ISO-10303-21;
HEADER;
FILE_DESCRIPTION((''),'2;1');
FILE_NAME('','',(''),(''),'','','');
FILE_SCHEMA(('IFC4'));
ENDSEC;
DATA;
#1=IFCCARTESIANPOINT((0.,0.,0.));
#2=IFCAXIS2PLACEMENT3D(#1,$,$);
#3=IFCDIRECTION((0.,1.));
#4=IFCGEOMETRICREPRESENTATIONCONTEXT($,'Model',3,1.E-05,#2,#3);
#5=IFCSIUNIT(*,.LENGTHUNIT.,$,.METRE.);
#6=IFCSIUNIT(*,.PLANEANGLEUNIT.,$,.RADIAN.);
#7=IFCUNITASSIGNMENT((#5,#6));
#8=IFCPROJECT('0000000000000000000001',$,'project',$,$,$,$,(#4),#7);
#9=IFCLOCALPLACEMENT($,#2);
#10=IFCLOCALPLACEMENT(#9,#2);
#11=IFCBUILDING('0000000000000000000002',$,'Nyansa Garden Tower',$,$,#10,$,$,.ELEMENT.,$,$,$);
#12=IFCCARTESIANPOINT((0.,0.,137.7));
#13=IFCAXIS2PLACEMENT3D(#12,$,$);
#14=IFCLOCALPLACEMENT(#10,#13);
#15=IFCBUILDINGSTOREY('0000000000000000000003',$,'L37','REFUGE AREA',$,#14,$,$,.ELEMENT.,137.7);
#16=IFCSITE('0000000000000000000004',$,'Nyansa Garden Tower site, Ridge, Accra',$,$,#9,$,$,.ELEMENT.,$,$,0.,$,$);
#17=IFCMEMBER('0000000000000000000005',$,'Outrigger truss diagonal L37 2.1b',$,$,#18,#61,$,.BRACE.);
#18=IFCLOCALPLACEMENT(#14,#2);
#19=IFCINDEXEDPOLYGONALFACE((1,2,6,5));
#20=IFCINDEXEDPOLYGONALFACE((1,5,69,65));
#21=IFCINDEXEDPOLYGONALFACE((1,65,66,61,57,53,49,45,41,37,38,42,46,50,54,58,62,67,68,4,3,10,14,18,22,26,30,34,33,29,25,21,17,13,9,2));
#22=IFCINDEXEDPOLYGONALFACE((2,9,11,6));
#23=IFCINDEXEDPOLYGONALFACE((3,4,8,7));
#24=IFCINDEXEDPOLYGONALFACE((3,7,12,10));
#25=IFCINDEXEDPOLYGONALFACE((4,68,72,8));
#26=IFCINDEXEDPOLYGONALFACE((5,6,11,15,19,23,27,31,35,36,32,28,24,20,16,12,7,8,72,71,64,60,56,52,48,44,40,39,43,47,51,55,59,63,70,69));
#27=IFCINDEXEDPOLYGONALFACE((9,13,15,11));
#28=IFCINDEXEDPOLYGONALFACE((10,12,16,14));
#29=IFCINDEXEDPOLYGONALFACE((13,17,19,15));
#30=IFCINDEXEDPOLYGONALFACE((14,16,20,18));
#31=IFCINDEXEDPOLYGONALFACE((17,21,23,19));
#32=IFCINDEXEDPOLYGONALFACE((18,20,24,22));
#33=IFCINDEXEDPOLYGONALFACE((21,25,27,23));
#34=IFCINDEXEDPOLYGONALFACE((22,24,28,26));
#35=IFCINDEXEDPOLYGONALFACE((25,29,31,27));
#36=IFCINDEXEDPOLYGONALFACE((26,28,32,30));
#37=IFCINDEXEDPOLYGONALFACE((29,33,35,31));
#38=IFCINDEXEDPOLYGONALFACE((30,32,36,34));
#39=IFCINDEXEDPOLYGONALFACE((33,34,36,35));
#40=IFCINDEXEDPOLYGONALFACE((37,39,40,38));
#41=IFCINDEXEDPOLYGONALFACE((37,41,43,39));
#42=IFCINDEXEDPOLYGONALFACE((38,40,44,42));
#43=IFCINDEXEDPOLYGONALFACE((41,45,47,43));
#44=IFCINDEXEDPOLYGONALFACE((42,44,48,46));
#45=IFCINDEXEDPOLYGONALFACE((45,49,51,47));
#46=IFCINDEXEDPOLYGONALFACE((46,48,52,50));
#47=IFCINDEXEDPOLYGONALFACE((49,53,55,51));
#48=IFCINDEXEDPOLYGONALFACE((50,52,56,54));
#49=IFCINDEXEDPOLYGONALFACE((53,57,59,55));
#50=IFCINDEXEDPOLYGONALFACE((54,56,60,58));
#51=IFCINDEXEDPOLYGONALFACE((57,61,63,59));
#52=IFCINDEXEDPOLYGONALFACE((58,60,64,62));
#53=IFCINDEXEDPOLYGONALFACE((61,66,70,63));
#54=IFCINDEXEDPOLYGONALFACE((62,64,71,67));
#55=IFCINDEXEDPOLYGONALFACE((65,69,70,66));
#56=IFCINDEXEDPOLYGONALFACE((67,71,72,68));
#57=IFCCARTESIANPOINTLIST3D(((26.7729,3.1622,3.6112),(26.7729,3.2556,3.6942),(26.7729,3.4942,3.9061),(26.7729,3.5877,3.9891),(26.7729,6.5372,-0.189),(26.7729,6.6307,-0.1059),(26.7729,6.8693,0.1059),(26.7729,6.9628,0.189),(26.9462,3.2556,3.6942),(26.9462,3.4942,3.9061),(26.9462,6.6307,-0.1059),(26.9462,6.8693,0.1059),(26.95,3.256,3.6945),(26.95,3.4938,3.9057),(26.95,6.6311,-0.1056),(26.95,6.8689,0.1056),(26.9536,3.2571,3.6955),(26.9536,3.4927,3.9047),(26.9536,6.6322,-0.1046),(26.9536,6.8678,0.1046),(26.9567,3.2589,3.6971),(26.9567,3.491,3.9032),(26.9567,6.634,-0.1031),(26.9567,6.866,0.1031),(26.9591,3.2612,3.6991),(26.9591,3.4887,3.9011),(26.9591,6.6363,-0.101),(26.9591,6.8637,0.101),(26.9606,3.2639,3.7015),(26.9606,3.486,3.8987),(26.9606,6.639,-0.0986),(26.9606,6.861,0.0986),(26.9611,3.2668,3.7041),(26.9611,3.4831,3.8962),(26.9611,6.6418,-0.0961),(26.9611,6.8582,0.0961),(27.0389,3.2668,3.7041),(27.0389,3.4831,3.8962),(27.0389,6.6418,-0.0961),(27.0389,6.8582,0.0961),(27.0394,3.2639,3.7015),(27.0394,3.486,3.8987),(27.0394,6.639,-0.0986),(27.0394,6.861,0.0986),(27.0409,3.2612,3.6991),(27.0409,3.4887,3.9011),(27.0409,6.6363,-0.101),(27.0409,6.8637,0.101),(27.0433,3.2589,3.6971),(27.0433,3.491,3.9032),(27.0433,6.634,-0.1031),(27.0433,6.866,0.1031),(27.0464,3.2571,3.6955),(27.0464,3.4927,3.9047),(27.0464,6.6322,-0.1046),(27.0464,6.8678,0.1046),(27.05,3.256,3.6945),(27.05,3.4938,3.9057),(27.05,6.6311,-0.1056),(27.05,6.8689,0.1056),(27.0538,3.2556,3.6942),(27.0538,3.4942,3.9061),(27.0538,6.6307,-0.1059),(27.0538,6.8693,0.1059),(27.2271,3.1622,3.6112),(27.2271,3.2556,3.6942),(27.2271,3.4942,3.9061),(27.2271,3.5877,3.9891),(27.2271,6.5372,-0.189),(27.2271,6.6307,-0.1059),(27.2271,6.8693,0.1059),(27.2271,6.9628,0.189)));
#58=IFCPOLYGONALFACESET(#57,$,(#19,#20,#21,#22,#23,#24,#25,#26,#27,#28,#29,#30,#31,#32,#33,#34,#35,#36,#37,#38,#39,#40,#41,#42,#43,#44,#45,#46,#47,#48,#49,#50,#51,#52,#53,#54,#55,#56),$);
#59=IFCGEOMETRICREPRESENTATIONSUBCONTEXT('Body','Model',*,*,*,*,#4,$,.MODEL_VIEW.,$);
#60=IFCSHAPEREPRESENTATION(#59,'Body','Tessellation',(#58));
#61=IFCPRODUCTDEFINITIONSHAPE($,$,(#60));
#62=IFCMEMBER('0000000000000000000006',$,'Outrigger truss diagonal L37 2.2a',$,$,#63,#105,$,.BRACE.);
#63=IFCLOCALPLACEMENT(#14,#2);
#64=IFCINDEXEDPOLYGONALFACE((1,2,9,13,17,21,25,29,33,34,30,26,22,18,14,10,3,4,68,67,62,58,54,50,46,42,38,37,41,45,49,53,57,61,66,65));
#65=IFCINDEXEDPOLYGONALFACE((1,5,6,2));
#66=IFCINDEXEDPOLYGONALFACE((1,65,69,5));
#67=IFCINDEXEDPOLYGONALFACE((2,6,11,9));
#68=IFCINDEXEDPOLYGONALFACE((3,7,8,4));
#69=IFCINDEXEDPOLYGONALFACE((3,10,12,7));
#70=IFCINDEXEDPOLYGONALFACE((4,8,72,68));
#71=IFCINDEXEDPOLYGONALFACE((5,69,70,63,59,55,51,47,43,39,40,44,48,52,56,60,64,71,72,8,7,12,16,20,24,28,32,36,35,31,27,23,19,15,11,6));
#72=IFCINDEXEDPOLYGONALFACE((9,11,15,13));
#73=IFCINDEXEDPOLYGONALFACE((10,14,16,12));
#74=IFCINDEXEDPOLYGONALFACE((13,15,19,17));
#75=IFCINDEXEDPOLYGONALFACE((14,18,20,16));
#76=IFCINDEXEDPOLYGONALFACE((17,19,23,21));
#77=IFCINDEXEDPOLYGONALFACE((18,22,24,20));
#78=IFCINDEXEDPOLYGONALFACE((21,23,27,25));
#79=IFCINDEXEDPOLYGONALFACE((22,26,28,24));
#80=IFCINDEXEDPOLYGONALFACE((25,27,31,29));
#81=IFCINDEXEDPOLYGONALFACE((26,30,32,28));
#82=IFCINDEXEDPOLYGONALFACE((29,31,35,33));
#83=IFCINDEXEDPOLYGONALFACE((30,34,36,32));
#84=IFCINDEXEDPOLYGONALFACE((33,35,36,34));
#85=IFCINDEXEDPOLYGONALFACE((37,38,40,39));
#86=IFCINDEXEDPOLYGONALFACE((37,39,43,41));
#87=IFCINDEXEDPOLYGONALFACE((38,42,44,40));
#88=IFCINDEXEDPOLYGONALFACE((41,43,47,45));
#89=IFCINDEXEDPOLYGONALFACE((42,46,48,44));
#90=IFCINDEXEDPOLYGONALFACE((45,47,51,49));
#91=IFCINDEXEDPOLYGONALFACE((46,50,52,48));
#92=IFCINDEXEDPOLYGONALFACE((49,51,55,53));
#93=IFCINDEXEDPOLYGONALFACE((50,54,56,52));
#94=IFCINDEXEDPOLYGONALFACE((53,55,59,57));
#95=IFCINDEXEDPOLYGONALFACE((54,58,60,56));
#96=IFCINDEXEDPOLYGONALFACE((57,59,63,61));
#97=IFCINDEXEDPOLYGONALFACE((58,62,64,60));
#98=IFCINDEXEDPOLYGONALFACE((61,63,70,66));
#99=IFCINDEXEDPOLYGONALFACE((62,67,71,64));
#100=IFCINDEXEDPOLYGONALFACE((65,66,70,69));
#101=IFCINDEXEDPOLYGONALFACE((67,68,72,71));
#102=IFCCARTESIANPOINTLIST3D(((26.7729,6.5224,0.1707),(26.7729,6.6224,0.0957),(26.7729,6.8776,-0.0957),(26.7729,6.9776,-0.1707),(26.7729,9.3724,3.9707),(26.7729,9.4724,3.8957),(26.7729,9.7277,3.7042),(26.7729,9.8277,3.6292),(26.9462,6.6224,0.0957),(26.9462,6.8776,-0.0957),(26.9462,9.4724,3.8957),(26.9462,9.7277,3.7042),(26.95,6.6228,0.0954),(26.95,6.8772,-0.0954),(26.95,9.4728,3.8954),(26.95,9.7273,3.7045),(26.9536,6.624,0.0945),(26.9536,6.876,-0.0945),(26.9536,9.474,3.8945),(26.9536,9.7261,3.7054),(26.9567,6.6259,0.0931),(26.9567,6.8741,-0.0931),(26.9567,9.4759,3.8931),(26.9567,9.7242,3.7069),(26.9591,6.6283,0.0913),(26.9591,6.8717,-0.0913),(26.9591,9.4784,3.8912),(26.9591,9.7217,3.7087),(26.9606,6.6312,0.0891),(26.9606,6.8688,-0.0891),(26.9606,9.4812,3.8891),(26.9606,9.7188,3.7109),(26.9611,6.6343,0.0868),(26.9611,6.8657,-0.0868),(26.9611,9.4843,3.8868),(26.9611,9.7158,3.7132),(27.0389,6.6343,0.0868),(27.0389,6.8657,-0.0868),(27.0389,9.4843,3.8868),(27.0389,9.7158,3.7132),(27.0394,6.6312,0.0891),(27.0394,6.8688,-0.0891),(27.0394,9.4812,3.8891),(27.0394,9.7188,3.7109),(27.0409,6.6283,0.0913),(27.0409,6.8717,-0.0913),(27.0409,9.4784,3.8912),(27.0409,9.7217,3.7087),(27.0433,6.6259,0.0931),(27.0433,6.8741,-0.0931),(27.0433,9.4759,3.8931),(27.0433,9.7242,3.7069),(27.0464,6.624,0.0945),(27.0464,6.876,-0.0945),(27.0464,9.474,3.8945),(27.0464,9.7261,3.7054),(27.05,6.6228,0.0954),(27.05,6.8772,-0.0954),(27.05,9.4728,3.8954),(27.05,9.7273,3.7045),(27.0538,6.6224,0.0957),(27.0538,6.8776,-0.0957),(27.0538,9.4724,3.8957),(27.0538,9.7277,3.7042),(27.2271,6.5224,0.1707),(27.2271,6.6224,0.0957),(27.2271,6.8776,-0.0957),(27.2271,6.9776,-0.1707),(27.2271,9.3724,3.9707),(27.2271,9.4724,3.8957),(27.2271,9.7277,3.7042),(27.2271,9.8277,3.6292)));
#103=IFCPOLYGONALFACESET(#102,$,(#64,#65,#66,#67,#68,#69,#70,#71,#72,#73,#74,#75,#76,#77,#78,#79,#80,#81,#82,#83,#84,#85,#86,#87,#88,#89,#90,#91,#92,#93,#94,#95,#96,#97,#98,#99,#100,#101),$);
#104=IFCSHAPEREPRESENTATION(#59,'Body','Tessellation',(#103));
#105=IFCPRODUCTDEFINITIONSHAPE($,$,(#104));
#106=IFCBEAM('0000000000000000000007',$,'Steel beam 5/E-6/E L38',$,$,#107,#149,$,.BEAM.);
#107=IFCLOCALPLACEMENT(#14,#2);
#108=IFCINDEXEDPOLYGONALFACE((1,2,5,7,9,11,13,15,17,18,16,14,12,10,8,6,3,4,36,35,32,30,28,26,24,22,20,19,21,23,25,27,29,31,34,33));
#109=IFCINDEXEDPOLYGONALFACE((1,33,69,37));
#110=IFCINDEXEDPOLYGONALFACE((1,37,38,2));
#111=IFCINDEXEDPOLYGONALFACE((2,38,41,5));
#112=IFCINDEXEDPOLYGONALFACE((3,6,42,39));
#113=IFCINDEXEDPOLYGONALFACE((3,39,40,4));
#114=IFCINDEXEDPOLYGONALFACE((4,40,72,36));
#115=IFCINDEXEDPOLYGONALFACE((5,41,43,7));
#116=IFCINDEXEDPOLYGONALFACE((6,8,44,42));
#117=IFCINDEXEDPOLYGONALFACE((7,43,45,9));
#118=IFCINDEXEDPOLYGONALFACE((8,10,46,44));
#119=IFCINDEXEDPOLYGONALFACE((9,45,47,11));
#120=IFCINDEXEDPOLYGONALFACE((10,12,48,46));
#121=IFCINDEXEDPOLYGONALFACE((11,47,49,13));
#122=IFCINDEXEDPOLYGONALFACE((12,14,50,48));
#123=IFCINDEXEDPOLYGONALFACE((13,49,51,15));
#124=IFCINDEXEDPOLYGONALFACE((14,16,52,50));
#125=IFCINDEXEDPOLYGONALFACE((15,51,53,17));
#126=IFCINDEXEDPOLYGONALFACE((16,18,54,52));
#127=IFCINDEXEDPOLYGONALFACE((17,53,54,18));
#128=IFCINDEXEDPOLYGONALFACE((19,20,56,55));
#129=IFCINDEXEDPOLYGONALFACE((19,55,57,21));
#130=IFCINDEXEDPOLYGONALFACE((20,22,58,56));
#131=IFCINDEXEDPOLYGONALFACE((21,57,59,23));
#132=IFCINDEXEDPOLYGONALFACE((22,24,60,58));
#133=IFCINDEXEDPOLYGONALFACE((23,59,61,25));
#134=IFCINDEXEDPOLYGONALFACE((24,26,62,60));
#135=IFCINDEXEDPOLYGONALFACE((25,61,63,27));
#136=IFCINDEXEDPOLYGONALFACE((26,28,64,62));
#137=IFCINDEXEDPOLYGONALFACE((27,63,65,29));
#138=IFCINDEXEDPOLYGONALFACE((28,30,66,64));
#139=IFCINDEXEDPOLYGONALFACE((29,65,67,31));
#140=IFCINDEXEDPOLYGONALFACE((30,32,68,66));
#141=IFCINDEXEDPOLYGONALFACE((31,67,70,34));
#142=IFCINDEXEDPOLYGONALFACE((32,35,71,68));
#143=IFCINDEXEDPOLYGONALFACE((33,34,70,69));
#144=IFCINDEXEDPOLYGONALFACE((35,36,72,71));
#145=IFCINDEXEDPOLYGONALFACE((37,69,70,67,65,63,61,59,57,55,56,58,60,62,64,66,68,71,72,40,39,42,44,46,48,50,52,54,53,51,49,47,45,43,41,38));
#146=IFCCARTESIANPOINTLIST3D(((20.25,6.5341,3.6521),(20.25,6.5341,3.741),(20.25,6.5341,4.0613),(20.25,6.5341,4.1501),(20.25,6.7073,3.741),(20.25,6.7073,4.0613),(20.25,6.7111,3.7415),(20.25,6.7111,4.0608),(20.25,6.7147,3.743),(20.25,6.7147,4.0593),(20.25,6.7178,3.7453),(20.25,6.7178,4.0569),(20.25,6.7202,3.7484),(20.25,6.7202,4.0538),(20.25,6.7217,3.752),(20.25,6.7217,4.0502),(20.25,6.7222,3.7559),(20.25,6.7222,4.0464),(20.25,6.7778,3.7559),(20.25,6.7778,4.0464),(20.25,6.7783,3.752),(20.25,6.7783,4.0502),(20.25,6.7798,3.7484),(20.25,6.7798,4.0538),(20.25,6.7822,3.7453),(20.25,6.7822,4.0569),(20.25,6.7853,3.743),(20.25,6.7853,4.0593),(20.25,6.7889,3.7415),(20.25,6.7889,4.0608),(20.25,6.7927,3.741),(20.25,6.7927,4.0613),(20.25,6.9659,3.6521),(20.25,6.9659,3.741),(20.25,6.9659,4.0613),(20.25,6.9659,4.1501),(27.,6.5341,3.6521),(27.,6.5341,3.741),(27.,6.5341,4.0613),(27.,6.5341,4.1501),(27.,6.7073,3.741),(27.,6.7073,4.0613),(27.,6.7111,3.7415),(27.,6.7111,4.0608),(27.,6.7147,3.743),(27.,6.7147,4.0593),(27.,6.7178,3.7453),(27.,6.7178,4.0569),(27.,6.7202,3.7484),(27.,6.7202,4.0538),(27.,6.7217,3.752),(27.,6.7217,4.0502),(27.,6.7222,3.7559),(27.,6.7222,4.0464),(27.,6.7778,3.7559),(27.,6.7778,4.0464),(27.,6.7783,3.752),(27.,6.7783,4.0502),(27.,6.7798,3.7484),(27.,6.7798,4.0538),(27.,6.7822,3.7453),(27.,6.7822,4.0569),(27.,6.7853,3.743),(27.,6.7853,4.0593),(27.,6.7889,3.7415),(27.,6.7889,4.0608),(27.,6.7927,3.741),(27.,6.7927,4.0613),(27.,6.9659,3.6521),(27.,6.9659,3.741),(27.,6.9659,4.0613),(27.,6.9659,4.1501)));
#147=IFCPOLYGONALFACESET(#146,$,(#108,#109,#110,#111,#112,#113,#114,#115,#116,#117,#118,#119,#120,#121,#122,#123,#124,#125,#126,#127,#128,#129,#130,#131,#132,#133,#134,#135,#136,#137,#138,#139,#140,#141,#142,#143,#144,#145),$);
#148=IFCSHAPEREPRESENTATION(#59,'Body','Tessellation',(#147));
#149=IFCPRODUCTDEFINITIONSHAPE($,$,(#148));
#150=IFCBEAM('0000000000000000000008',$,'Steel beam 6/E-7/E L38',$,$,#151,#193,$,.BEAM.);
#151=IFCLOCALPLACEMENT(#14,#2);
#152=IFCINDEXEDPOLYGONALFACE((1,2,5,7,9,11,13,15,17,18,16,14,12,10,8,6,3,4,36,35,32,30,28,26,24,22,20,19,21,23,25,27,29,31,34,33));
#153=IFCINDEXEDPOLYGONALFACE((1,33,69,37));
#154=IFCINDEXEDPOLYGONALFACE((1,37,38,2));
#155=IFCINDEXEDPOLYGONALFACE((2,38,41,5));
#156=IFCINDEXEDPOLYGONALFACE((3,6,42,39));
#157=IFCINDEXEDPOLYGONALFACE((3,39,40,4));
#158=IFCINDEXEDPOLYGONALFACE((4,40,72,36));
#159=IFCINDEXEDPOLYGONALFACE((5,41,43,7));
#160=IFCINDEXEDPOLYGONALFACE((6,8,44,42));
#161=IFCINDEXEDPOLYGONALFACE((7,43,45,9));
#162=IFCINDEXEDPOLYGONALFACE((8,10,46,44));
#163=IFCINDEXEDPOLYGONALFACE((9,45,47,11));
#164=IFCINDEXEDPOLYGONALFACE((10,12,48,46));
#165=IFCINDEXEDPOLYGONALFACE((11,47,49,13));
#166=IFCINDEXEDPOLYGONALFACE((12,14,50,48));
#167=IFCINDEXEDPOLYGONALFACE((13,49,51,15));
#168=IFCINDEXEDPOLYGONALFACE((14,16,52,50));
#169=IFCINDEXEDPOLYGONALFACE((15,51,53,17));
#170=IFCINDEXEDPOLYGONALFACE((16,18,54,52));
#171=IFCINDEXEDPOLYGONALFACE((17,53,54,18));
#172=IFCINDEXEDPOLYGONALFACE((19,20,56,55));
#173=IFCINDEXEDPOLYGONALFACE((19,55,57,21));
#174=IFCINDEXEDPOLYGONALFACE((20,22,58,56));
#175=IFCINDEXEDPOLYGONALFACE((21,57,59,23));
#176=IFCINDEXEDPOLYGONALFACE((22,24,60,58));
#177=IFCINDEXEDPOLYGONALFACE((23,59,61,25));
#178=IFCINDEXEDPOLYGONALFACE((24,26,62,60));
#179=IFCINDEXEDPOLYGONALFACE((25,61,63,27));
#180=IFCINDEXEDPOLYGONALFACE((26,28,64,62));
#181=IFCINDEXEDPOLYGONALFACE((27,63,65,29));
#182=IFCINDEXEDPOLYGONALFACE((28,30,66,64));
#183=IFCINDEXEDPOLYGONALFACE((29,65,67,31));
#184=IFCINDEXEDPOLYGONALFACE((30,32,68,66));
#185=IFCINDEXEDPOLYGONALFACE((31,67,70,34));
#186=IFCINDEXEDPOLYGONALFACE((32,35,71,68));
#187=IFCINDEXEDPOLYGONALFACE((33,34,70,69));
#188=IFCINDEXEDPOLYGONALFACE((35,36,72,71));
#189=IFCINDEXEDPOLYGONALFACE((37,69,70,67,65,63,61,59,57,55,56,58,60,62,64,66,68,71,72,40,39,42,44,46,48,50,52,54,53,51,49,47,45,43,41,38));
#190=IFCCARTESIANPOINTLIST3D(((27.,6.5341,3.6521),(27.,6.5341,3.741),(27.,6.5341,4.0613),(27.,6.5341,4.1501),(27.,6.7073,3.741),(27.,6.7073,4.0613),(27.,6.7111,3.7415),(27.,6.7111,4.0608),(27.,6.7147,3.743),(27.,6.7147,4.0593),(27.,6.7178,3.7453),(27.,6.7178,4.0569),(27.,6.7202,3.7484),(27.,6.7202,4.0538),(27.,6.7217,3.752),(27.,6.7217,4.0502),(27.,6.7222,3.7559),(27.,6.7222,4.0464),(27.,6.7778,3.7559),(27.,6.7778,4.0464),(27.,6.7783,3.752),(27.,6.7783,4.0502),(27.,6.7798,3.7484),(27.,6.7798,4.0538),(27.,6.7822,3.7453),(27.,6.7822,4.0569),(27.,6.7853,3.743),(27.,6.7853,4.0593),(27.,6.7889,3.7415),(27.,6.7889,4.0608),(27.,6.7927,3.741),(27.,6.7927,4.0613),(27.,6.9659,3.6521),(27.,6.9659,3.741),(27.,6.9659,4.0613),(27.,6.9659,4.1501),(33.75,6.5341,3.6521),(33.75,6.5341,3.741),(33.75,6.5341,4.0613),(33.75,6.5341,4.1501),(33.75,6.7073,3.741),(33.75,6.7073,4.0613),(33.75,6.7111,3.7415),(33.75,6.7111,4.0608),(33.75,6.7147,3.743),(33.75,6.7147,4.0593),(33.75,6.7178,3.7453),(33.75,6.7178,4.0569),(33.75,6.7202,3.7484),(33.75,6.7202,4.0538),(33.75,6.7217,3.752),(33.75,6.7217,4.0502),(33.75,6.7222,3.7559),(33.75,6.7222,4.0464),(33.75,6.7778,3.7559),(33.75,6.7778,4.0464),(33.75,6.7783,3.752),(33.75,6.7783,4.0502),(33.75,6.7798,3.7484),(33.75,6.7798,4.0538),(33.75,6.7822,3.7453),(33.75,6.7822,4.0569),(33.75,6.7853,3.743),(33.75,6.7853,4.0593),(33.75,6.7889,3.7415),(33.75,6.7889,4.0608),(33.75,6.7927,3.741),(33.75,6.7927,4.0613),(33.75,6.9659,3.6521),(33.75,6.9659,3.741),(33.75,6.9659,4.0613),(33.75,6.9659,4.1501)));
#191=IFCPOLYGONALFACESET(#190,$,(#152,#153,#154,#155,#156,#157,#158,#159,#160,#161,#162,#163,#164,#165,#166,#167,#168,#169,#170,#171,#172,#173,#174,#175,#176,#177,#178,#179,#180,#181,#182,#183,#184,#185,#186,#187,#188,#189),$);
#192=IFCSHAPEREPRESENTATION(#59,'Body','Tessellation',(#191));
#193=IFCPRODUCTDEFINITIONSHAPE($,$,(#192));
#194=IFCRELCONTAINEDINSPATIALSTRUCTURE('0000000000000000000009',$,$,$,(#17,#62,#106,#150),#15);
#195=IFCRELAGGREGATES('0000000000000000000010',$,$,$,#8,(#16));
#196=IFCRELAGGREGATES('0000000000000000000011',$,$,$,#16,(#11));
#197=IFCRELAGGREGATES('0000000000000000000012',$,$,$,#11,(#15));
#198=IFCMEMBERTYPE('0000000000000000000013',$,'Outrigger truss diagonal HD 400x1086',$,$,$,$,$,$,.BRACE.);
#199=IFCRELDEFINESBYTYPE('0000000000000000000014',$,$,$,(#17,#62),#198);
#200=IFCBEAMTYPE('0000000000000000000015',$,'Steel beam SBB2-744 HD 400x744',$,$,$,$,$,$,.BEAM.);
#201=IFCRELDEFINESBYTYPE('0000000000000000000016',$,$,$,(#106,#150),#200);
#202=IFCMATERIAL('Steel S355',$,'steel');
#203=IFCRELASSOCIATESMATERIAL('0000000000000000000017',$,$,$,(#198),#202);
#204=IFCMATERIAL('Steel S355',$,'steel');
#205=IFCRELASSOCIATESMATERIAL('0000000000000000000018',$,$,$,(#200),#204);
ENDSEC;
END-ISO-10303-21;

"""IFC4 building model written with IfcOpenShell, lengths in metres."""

from ifc_helpers import new_model, si_unit, direction, frame, origin, origin_2d, place, context, subcontext, project, spatial, i_section, extrude, material, material_profile, profile_set, type_object, element, save


model = new_model("IFC4")

# Units and contexts
model_context = context("Model", 3, precision=1e-05, world=origin(), true_north=direction((0.0, 1.0)))
body_context = subcontext(model_context, "Body", "Model", "MODEL_VIEW")
ifc_project = project(units=[si_unit("LENGTHUNIT", "METRE"), si_unit("PLANEANGLEUNIT", "RADIAN")], contexts=[model_context])

# Site, building, storey
site_placement = place(None, origin())
site = spatial("IfcSite", under=ifc_project, at=site_placement, Name="Nyansa Garden Tower site, Ridge, Accra", CompositionType="ELEMENT", RefElevation=0.0)
building_placement = place(site_placement, origin())
building = spatial("IfcBuilding", under=site, at=building_placement, Name="Nyansa Garden Tower", CompositionType="ELEMENT")
storey_placement = place(building_placement, frame((0.0, 0.0, 137.7)))
storey = spatial("IfcBuildingStorey", under=building, at=storey_placement, Name="L37", Description="REFUGE AREA", CompositionType="ELEMENT", Elevation=137.7)

# Members
ifc_material_1 = material(Name="Steel S355", Category="steel")
ifc_material_profile_1 = material_profile(ifc_material_1, i_section(OverallWidth=0.4541, OverallDepth=0.5691, WebThickness=0.0779, FlangeThickness=0.125, FilletRadius=0.0149, at=origin_2d()), Name="HD 400x1086")
ifc_profile_set_1 = profile_set([ifc_material_profile_1], Name="Steel S355")
member_type_1 = type_object("IfcMemberType", Name="Outrigger truss diagonal HD 400x1086", PredefinedType="BRACE", material=ifc_profile_set_1)
for number, where, z_axis, x_axis, name in (
    (1, (27.0, 6.75, 0.0), (0.0, -0.664054, 0.747685), (1.0, 0.0, 0.0), "Outrigger truss diagonal L37 2.1b"),
):
    element("IfcMember", number, at=place(storey_placement, frame(where, z_axis=z_axis, x_axis=x_axis)), inside=storey, type_object=member_type_1, Name=name, PredefinedType="BRACE", context=body_context, shape_type="SweptSolid", body=[
        extrude(i_section(OverallWidth=0.4541, OverallDepth=0.5691, WebThickness=0.0779, FlangeThickness=0.125, FilletRadius=0.0149, at=origin_2d()), origin(), (0.0, 0.0, 1.0), 5.0825),
    ])
member_1_placement = place(storey_placement, frame((27.0, 6.75, 0.0), z_axis=(0.0, 0.600008, 0.799994), x_axis=(-1.0, 0.0, 0.0)))
element("IfcMember", 2, at=member_1_placement, inside=storey, type_object=member_type_1, Name="Outrigger truss diagonal L37 2.2a", PredefinedType="BRACE", context=body_context, shape_type="SweptSolid", body=[
    extrude(i_section(OverallWidth=0.4541, OverallDepth=0.5691, WebThickness=0.0779, FlangeThickness=0.125, FilletRadius=0.0149, at=origin_2d()), origin(), (0.0, 0.0, 1.0), 4.75),
])

# Beams
ifc_material_2 = material(Name="Steel S355", Category="steel")
ifc_material_profile_2 = material_profile(ifc_material_2, i_section(OverallWidth=0.4319, OverallDepth=0.498, WebThickness=0.0557, FlangeThickness=0.0889, FilletRadius=0.0149, at=origin_2d()), Name="HD 400x744")
ifc_profile_set_2 = profile_set([ifc_material_profile_2], Name="Steel S355")
beam_type_1 = type_object("IfcBeamType", Name="Steel beam SBB2-744 HD 400x744", PredefinedType="BEAM", material=ifc_profile_set_2)
for number, where, z_axis, x_axis, name in (
    (3, (20.25, 6.75, 3.9011), (1.0, 0.0, 0.0), (0.0, 1.0, 0.0), "Steel beam 5/E-6/E L38"),
    (4, (27.0, 6.75, 3.9011), (1.0, 0.0, 0.0), (0.0, 1.0, 0.0), "Steel beam 6/E-7/E L38"),
):
    element("IfcBeam", number, at=place(storey_placement, frame(where, z_axis=z_axis, x_axis=x_axis)), inside=storey, type_object=beam_type_1, Name=name, PredefinedType="BEAM", context=body_context, shape_type="SweptSolid", body=[
        extrude(i_section(OverallWidth=0.4319, OverallDepth=0.498, WebThickness=0.0557, FlangeThickness=0.0889, FilletRadius=0.0149, at=origin_2d()), origin(), (0.0, 0.0, 1.0), 6.75),
    ])

save(model, "model.ifc")
